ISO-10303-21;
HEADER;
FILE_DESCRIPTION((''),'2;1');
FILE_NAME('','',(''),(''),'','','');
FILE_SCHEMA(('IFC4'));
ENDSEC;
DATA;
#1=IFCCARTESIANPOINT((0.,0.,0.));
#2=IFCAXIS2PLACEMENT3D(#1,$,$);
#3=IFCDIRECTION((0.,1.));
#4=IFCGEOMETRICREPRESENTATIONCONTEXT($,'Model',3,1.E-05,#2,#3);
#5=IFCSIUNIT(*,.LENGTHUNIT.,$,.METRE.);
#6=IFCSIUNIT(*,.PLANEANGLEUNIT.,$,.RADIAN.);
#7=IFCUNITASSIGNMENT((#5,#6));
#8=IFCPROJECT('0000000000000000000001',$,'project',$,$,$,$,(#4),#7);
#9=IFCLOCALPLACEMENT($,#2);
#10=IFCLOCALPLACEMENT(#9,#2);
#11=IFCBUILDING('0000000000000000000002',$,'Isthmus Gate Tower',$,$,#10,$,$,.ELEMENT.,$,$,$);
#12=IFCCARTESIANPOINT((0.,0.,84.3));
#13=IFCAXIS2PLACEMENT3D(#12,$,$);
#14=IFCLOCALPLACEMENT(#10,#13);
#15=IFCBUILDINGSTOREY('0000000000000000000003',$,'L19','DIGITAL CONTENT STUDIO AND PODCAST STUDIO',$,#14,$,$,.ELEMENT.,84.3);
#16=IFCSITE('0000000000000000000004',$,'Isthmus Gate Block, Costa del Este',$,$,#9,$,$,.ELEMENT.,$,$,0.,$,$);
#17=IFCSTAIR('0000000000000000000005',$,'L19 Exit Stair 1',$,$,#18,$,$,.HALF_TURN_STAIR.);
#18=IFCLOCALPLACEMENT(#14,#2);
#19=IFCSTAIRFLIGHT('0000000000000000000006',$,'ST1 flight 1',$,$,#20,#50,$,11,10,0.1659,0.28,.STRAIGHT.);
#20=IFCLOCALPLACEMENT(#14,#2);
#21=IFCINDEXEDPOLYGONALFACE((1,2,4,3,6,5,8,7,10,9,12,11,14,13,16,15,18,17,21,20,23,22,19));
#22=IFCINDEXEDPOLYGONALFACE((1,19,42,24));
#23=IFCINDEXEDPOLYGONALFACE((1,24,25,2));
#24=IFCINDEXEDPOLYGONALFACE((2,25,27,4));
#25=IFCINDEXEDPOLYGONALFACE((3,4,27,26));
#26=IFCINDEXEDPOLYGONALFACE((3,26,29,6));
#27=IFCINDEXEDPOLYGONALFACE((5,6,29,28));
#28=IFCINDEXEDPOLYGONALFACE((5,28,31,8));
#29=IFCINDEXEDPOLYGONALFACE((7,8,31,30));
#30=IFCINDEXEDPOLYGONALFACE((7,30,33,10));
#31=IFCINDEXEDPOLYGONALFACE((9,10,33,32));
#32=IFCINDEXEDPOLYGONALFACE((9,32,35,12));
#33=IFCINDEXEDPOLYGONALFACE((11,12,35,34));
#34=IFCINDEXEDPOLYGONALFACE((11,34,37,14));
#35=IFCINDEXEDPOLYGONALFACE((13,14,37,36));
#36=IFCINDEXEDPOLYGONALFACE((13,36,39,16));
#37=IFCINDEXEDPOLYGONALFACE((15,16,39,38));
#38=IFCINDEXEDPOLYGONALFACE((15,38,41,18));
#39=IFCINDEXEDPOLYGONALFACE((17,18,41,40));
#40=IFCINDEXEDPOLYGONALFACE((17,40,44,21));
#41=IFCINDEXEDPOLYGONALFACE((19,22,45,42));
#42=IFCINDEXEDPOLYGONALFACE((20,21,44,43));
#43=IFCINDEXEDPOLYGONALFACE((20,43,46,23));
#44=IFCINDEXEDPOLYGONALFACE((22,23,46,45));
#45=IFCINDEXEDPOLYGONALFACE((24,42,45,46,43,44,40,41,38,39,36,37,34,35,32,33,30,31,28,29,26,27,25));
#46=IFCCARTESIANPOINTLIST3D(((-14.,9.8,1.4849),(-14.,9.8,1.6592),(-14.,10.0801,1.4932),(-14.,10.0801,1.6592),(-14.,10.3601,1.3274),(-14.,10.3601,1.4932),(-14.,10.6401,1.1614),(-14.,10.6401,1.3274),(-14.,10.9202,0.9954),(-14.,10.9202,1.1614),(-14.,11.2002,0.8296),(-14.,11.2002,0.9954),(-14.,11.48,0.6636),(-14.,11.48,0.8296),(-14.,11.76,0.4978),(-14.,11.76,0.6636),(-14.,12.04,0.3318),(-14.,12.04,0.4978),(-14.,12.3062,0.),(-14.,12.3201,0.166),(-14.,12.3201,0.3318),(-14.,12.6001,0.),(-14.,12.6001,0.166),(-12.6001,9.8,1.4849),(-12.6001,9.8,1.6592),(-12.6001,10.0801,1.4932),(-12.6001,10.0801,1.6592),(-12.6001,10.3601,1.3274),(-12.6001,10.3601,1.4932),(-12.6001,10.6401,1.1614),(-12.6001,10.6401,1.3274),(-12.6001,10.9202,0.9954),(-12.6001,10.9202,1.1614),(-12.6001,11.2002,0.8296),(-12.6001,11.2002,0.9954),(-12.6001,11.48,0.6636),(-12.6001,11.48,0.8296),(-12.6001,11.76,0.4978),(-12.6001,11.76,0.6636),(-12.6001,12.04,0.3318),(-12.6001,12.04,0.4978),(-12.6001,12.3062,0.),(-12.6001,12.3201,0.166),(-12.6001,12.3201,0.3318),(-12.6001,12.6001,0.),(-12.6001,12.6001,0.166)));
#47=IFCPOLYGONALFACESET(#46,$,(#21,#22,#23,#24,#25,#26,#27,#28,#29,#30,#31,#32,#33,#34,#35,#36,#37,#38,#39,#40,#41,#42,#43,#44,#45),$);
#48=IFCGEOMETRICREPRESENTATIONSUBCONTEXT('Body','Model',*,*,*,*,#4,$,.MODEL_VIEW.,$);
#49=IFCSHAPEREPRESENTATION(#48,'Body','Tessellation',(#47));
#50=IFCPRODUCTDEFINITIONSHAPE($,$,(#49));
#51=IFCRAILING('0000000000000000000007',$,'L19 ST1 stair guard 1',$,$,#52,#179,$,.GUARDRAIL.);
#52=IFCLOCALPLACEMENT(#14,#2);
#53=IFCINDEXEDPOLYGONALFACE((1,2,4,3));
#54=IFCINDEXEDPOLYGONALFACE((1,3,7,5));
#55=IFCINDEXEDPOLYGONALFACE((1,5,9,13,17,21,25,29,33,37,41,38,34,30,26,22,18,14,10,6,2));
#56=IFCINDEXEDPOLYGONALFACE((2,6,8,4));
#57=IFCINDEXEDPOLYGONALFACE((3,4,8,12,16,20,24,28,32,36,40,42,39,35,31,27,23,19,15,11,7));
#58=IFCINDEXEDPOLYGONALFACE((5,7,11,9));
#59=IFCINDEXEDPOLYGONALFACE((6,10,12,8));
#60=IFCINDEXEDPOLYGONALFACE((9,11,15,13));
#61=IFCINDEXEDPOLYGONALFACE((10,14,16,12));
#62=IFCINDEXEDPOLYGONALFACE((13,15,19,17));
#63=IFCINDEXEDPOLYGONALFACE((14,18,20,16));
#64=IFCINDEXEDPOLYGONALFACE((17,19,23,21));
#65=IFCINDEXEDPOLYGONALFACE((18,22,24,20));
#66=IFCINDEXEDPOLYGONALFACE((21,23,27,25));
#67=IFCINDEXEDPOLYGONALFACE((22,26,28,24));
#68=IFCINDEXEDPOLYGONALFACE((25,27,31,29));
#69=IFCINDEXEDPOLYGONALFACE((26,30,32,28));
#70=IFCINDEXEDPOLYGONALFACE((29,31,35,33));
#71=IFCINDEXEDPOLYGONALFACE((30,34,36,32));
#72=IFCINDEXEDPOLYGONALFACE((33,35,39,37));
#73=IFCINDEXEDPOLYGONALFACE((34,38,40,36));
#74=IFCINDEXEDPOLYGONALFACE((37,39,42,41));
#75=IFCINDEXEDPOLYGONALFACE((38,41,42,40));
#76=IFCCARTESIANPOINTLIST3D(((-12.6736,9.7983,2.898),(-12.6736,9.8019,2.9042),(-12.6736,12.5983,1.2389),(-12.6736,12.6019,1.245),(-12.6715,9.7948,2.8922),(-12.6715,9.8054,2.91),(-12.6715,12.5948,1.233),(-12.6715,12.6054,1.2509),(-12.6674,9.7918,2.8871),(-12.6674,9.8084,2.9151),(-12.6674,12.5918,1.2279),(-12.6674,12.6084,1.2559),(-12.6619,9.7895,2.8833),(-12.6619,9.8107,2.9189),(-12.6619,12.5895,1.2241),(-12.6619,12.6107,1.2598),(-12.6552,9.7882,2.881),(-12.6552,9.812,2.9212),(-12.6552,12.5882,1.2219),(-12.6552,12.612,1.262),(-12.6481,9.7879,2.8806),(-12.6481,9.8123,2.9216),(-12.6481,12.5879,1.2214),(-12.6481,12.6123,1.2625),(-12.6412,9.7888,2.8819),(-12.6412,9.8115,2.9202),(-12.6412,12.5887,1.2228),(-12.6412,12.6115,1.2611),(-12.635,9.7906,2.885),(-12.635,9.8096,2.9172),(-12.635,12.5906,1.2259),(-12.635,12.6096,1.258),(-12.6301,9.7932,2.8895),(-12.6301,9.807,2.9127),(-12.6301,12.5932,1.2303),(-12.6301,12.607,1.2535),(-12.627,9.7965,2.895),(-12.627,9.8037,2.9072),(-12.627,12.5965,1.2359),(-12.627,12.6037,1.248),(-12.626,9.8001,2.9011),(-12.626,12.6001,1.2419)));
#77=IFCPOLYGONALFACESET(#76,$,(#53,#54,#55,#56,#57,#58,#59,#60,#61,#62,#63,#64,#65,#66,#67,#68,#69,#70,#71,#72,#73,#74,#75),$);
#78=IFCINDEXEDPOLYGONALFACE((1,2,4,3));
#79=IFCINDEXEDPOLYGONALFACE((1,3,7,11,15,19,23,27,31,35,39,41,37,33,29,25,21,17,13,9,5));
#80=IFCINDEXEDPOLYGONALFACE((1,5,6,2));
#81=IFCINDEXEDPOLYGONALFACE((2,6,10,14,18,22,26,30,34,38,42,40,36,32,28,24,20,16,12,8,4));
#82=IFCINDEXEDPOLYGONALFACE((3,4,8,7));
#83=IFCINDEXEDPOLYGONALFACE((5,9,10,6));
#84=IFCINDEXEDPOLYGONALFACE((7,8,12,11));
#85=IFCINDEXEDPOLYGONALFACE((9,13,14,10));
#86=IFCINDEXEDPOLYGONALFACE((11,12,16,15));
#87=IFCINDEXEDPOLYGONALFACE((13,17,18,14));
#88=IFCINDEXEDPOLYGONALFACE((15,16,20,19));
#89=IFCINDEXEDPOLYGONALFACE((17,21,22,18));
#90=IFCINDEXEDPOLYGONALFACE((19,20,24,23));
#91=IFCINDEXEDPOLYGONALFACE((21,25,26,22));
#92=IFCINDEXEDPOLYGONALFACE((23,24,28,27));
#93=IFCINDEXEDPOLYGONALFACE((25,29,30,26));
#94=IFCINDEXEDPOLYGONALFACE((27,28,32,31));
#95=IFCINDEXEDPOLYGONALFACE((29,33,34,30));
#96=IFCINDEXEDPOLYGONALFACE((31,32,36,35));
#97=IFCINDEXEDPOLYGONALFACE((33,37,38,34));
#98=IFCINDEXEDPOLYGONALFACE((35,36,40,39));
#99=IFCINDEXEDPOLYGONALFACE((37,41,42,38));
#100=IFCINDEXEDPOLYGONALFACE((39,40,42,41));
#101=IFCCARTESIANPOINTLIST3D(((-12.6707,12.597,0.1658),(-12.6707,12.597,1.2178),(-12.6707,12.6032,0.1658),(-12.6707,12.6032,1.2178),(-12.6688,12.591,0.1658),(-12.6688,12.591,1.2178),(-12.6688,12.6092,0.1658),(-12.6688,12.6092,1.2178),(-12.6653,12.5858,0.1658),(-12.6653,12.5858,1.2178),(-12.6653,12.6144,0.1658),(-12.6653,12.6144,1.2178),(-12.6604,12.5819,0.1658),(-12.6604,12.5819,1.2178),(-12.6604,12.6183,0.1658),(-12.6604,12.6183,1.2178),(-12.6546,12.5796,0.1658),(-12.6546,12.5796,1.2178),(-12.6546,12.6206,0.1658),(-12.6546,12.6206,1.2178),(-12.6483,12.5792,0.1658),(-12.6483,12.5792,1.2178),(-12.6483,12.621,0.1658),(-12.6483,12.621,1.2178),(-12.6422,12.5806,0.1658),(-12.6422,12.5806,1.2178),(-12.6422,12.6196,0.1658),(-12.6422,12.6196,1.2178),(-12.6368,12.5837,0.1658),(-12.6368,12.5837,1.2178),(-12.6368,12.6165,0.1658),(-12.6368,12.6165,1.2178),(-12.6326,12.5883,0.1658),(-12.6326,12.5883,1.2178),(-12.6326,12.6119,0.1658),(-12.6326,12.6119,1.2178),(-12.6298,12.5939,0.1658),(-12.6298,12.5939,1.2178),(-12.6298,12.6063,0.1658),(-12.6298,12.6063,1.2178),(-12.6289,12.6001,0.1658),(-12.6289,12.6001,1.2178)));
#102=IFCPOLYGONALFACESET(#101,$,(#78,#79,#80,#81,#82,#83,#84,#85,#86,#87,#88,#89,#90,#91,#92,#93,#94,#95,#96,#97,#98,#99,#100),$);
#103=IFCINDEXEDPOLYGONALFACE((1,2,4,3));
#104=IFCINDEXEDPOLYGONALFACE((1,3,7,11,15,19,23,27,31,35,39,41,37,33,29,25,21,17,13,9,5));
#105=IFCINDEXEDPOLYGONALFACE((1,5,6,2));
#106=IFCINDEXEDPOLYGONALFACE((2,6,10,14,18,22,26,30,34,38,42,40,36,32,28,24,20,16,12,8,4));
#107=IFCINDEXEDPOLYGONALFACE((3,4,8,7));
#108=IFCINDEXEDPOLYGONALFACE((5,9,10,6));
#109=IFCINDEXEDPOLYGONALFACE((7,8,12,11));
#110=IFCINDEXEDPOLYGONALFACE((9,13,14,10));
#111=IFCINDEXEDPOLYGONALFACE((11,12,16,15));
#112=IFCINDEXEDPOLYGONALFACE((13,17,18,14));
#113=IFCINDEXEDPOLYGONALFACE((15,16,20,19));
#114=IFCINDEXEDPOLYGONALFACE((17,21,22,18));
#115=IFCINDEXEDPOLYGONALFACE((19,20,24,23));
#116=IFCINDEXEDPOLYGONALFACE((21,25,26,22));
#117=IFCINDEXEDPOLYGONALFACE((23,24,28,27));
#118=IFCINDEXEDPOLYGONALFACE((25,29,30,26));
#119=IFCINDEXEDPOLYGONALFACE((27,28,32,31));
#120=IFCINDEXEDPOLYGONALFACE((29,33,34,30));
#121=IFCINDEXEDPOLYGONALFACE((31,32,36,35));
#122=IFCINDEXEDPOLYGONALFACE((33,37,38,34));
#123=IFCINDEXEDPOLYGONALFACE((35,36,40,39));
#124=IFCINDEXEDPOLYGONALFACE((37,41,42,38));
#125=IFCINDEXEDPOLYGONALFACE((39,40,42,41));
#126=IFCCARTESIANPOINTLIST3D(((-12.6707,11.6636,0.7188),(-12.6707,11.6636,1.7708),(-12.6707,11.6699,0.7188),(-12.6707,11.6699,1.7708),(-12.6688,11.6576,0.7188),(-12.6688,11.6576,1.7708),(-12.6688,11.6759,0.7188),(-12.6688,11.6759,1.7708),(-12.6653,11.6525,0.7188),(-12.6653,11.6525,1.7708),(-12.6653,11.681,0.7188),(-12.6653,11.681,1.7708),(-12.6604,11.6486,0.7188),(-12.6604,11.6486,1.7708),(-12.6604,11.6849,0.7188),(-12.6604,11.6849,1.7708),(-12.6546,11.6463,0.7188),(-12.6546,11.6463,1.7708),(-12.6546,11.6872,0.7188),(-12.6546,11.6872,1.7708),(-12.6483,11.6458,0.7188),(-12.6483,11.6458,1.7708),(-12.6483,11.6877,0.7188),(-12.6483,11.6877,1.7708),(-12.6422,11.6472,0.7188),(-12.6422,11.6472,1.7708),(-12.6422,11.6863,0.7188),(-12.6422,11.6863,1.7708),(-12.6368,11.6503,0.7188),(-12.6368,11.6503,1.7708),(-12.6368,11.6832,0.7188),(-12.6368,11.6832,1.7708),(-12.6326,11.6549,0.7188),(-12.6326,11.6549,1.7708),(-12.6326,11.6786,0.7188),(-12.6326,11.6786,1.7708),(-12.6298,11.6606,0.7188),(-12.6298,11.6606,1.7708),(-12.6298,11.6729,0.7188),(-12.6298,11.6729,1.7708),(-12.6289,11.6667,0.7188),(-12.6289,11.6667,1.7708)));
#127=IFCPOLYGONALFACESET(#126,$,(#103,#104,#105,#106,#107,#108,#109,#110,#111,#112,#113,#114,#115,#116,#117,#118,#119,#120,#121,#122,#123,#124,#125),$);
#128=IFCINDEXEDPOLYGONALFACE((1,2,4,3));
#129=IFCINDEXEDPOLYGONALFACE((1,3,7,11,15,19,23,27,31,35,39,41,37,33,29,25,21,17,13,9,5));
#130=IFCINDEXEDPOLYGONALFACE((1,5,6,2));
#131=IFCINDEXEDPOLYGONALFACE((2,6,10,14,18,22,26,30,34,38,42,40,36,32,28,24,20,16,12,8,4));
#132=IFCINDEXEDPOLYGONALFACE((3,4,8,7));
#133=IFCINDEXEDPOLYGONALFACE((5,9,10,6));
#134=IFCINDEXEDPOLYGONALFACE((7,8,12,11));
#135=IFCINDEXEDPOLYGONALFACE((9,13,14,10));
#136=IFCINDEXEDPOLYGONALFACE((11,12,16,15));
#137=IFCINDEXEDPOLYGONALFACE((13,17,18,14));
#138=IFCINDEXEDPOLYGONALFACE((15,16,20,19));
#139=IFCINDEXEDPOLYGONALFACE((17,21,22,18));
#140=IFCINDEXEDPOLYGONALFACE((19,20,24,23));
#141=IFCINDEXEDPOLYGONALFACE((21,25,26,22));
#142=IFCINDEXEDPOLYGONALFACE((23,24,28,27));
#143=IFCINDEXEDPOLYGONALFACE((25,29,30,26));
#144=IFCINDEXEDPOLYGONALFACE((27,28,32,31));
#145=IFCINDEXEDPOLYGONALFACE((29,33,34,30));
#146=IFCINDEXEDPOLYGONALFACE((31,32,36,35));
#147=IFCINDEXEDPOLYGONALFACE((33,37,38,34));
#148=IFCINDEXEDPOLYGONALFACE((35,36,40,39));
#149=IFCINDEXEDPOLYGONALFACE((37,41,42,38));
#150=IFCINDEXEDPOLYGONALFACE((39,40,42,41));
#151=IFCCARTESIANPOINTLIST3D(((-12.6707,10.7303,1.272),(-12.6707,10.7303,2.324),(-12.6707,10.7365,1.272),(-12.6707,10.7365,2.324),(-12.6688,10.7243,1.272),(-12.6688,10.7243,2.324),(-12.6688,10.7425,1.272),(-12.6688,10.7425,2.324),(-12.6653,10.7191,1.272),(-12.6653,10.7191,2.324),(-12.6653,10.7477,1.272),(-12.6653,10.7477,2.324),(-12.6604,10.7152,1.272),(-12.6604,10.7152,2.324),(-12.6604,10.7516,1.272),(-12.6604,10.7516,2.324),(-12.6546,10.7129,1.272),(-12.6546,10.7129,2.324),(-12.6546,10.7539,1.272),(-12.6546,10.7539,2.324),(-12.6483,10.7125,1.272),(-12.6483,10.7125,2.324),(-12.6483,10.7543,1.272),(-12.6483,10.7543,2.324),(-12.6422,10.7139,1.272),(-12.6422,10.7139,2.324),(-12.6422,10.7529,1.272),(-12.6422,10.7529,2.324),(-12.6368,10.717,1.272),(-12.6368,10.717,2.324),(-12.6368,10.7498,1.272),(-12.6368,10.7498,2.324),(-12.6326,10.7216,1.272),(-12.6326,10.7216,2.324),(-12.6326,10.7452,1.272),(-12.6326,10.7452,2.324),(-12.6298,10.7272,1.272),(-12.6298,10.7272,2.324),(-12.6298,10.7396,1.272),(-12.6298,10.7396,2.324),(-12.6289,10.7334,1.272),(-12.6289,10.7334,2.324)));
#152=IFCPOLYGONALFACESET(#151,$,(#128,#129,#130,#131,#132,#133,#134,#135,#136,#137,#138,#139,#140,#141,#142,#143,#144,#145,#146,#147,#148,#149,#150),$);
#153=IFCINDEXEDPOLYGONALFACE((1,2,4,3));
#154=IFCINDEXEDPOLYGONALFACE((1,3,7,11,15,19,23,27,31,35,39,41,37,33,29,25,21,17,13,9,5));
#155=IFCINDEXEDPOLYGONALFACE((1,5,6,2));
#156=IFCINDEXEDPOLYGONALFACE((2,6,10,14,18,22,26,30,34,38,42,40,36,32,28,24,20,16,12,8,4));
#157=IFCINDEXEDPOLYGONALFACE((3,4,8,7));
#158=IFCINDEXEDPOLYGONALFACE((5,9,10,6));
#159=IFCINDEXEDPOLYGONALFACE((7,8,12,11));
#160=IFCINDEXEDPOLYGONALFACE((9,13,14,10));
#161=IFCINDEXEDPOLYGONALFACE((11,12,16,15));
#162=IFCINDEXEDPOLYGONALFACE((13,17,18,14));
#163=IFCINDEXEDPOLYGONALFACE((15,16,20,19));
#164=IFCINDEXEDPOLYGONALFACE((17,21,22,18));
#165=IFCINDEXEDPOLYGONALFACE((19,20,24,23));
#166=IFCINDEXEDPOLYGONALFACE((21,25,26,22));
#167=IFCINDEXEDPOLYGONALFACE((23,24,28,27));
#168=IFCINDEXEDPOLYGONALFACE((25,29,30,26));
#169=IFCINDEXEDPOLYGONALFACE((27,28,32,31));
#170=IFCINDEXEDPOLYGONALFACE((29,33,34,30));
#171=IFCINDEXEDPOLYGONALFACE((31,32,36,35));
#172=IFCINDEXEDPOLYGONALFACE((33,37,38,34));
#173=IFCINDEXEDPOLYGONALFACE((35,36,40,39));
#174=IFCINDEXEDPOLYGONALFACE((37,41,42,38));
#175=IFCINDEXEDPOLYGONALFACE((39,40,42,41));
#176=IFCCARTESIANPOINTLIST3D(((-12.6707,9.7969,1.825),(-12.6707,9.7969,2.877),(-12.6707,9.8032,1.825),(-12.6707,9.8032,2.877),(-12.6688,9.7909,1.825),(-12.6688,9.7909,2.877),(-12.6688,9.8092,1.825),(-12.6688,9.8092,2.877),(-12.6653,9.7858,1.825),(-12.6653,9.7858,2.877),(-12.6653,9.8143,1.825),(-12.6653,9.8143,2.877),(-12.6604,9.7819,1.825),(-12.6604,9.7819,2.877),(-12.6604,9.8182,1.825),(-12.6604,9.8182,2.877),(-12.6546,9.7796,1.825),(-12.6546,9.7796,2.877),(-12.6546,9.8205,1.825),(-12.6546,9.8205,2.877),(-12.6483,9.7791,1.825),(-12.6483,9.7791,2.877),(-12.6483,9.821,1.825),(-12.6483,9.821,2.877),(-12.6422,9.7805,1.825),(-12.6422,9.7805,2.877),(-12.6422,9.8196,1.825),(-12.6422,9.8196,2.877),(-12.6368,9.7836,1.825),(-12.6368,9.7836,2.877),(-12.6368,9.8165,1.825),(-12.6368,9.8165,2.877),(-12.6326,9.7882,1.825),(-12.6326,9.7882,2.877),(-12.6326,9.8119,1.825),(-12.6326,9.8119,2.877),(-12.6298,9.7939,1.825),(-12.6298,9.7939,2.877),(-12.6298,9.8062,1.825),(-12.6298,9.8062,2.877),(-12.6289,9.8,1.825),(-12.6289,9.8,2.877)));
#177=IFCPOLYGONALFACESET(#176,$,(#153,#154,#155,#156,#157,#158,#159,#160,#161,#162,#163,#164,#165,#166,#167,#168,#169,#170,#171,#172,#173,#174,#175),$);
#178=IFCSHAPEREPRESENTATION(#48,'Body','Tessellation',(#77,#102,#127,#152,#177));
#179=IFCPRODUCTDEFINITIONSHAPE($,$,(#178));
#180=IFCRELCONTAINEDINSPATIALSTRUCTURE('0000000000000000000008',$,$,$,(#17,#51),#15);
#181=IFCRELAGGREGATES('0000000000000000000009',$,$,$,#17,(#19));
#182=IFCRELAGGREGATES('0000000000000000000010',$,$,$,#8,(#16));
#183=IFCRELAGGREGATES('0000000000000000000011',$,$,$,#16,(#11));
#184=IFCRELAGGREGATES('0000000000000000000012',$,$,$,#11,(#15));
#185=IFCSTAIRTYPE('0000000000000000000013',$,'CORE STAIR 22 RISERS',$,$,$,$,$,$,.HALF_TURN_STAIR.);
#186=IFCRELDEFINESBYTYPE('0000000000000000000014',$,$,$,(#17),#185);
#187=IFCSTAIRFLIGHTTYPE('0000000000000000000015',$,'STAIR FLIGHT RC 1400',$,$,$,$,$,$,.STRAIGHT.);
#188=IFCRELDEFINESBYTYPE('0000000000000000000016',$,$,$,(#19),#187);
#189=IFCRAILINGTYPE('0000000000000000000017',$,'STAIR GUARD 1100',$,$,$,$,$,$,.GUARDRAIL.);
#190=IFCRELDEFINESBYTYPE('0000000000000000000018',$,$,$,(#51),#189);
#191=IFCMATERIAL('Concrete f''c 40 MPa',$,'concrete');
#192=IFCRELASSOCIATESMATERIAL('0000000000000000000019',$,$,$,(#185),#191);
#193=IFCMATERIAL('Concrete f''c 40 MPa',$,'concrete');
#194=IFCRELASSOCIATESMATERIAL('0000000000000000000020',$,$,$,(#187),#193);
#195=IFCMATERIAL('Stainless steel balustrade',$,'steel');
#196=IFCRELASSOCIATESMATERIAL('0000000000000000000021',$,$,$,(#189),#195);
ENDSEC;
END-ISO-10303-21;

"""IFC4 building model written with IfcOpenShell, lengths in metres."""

from ifc_helpers import new_model, si_unit, direction, frame, origin, origin_2d, place, context, subcontext, project, spatial, polyline, circle, outline, extrude, material, type_object, element, aggregate, save


model = new_model("IFC4")

# Units and contexts
model_context = context("Model", 3, precision=1e-05, world=origin(), true_north=direction((0.0, 1.0)))
body_context = subcontext(model_context, "Body", "Model", "MODEL_VIEW")
ifc_project = project(units=[si_unit("LENGTHUNIT", "METRE"), si_unit("PLANEANGLEUNIT", "RADIAN")], contexts=[model_context])

# Site, building, storey
site_placement = place(None, origin())
site = spatial("IfcSite", under=ifc_project, at=site_placement, Name="Isthmus Gate Block, Costa del Este", CompositionType="ELEMENT", RefElevation=0.0)
building_placement = place(site_placement, origin())
building = spatial("IfcBuilding", under=site, at=building_placement, Name="Isthmus Gate Tower", CompositionType="ELEMENT")
storey_placement = place(building_placement, frame((0.0, 0.0, 84.3)))
storey = spatial("IfcBuildingStorey", under=building, at=storey_placement, Name="L19", Description="DIGITAL CONTENT STUDIO AND PODCAST STUDIO", CompositionType="ELEMENT", Elevation=84.3)

# Stair, stair flight
ifc_material_1 = material(Name="Concrete f'c 40 MPa", Category="concrete")
stair_type = type_object("IfcStairType", Name="CORE STAIR 22 RISERS", PredefinedType="HALF_TURN_STAIR", material=ifc_material_1)
stair_placement = place(storey_placement, origin())
stair = element("IfcStair", 1, at=stair_placement, inside=storey, type_object=stair_type, Name="L19 Exit Stair 1", PredefinedType="HALF_TURN_STAIR")
ifc_material_2 = material(Name="Concrete f'c 40 MPa", Category="concrete")
stair_flight_type = type_object("IfcStairFlightType", Name="STAIR FLIGHT RC 1400", PredefinedType="STRAIGHT", material=ifc_material_2)
stair_flight_placement = place(storey_placement, frame((-13.3, 12.6001, 0.0), z_axis=(0.0, 0.0, 1.0), x_axis=(0.0, -1.0, 0.0)))
stair_flight = element("IfcStairFlight", 2, at=stair_flight_placement, type_object=stair_flight_type, Name="ST1 flight 1", NumberOfRisers=11, NumberOfTreads=10, PredefinedType="STRAIGHT", RiserHeight=0.1659, TreadLength=0.28, context=body_context, shape_type="SweptSolid", body=[
    extrude(outline(polyline([(0.0, 0.0), (0.0, 0.166), (0.28, 0.166), (0.28, 0.3318), (0.5601, 0.3318), (0.5601, 0.4978), (0.8401, 0.4978), (0.8401, 0.6636), (1.1201, 0.6636), (1.1201, 0.8296), (1.3999, 0.8296), (1.3999, 0.9954), (1.6799, 0.9954), (1.6799, 1.1614), (1.96, 1.1614), (1.96, 1.3274), (2.24, 1.3274), (2.24, 1.4932), (2.52, 1.4932), (2.52, 1.6592), (2.8, 1.6592), (2.8, 1.825), (2.8, 1.4849), (0.2939, 0.0), (0.0, 0.0)])), frame((0.0, 0.7, 0.0), z_axis=(0.0, -1.0, 0.0), x_axis=(1.0, 0.0, 0.0)), (0.0, 0.0, 1.0), 1.3999),
])
aggregate(stair, [stair_flight])

# Railing
ifc_material_3 = material(Name="Stainless steel balustrade", Category="steel")
railing_type = type_object("IfcRailingType", Name="STAIR GUARD 1100", PredefinedType="GUARDRAIL", material=ifc_material_3)
railing_1_placement = place(storey_placement, frame((-12.6499, 12.6001, 0.1658)))
element("IfcRailing", 3, at=railing_1_placement, inside=storey, type_object=railing_type, Name="L19 ST1 stair guard 1", PredefinedType="GUARDRAIL", context=body_context, shape_type="SweptSolid", body=[
    extrude(circle(Radius=0.0239, at=origin_2d()), frame((0.0, 0.0, 1.0762), z_axis=(0.0, -0.860306, 0.509778), x_axis=(1.0, 0.0, 0.0)), (0.0, 0.0, 1.0), 3.2546),
    extrude(circle(Radius=0.021, at=origin_2d()), origin(), (0.0, 0.0, 1.0), 1.052),
    extrude(circle(Radius=0.021, at=origin_2d()), frame((0.0, -0.9333, 0.553)), (0.0, 0.0, 1.0), 1.052),
    extrude(circle(Radius=0.021, at=origin_2d()), frame((0.0, -1.8667, 1.1062)), (0.0, 0.0, 1.0), 1.052),
    extrude(circle(Radius=0.021, at=origin_2d()), frame((0.0, -2.8, 1.6592)), (0.0, 0.0, 1.0), 1.052),
])

save(model, "model.ifc")
